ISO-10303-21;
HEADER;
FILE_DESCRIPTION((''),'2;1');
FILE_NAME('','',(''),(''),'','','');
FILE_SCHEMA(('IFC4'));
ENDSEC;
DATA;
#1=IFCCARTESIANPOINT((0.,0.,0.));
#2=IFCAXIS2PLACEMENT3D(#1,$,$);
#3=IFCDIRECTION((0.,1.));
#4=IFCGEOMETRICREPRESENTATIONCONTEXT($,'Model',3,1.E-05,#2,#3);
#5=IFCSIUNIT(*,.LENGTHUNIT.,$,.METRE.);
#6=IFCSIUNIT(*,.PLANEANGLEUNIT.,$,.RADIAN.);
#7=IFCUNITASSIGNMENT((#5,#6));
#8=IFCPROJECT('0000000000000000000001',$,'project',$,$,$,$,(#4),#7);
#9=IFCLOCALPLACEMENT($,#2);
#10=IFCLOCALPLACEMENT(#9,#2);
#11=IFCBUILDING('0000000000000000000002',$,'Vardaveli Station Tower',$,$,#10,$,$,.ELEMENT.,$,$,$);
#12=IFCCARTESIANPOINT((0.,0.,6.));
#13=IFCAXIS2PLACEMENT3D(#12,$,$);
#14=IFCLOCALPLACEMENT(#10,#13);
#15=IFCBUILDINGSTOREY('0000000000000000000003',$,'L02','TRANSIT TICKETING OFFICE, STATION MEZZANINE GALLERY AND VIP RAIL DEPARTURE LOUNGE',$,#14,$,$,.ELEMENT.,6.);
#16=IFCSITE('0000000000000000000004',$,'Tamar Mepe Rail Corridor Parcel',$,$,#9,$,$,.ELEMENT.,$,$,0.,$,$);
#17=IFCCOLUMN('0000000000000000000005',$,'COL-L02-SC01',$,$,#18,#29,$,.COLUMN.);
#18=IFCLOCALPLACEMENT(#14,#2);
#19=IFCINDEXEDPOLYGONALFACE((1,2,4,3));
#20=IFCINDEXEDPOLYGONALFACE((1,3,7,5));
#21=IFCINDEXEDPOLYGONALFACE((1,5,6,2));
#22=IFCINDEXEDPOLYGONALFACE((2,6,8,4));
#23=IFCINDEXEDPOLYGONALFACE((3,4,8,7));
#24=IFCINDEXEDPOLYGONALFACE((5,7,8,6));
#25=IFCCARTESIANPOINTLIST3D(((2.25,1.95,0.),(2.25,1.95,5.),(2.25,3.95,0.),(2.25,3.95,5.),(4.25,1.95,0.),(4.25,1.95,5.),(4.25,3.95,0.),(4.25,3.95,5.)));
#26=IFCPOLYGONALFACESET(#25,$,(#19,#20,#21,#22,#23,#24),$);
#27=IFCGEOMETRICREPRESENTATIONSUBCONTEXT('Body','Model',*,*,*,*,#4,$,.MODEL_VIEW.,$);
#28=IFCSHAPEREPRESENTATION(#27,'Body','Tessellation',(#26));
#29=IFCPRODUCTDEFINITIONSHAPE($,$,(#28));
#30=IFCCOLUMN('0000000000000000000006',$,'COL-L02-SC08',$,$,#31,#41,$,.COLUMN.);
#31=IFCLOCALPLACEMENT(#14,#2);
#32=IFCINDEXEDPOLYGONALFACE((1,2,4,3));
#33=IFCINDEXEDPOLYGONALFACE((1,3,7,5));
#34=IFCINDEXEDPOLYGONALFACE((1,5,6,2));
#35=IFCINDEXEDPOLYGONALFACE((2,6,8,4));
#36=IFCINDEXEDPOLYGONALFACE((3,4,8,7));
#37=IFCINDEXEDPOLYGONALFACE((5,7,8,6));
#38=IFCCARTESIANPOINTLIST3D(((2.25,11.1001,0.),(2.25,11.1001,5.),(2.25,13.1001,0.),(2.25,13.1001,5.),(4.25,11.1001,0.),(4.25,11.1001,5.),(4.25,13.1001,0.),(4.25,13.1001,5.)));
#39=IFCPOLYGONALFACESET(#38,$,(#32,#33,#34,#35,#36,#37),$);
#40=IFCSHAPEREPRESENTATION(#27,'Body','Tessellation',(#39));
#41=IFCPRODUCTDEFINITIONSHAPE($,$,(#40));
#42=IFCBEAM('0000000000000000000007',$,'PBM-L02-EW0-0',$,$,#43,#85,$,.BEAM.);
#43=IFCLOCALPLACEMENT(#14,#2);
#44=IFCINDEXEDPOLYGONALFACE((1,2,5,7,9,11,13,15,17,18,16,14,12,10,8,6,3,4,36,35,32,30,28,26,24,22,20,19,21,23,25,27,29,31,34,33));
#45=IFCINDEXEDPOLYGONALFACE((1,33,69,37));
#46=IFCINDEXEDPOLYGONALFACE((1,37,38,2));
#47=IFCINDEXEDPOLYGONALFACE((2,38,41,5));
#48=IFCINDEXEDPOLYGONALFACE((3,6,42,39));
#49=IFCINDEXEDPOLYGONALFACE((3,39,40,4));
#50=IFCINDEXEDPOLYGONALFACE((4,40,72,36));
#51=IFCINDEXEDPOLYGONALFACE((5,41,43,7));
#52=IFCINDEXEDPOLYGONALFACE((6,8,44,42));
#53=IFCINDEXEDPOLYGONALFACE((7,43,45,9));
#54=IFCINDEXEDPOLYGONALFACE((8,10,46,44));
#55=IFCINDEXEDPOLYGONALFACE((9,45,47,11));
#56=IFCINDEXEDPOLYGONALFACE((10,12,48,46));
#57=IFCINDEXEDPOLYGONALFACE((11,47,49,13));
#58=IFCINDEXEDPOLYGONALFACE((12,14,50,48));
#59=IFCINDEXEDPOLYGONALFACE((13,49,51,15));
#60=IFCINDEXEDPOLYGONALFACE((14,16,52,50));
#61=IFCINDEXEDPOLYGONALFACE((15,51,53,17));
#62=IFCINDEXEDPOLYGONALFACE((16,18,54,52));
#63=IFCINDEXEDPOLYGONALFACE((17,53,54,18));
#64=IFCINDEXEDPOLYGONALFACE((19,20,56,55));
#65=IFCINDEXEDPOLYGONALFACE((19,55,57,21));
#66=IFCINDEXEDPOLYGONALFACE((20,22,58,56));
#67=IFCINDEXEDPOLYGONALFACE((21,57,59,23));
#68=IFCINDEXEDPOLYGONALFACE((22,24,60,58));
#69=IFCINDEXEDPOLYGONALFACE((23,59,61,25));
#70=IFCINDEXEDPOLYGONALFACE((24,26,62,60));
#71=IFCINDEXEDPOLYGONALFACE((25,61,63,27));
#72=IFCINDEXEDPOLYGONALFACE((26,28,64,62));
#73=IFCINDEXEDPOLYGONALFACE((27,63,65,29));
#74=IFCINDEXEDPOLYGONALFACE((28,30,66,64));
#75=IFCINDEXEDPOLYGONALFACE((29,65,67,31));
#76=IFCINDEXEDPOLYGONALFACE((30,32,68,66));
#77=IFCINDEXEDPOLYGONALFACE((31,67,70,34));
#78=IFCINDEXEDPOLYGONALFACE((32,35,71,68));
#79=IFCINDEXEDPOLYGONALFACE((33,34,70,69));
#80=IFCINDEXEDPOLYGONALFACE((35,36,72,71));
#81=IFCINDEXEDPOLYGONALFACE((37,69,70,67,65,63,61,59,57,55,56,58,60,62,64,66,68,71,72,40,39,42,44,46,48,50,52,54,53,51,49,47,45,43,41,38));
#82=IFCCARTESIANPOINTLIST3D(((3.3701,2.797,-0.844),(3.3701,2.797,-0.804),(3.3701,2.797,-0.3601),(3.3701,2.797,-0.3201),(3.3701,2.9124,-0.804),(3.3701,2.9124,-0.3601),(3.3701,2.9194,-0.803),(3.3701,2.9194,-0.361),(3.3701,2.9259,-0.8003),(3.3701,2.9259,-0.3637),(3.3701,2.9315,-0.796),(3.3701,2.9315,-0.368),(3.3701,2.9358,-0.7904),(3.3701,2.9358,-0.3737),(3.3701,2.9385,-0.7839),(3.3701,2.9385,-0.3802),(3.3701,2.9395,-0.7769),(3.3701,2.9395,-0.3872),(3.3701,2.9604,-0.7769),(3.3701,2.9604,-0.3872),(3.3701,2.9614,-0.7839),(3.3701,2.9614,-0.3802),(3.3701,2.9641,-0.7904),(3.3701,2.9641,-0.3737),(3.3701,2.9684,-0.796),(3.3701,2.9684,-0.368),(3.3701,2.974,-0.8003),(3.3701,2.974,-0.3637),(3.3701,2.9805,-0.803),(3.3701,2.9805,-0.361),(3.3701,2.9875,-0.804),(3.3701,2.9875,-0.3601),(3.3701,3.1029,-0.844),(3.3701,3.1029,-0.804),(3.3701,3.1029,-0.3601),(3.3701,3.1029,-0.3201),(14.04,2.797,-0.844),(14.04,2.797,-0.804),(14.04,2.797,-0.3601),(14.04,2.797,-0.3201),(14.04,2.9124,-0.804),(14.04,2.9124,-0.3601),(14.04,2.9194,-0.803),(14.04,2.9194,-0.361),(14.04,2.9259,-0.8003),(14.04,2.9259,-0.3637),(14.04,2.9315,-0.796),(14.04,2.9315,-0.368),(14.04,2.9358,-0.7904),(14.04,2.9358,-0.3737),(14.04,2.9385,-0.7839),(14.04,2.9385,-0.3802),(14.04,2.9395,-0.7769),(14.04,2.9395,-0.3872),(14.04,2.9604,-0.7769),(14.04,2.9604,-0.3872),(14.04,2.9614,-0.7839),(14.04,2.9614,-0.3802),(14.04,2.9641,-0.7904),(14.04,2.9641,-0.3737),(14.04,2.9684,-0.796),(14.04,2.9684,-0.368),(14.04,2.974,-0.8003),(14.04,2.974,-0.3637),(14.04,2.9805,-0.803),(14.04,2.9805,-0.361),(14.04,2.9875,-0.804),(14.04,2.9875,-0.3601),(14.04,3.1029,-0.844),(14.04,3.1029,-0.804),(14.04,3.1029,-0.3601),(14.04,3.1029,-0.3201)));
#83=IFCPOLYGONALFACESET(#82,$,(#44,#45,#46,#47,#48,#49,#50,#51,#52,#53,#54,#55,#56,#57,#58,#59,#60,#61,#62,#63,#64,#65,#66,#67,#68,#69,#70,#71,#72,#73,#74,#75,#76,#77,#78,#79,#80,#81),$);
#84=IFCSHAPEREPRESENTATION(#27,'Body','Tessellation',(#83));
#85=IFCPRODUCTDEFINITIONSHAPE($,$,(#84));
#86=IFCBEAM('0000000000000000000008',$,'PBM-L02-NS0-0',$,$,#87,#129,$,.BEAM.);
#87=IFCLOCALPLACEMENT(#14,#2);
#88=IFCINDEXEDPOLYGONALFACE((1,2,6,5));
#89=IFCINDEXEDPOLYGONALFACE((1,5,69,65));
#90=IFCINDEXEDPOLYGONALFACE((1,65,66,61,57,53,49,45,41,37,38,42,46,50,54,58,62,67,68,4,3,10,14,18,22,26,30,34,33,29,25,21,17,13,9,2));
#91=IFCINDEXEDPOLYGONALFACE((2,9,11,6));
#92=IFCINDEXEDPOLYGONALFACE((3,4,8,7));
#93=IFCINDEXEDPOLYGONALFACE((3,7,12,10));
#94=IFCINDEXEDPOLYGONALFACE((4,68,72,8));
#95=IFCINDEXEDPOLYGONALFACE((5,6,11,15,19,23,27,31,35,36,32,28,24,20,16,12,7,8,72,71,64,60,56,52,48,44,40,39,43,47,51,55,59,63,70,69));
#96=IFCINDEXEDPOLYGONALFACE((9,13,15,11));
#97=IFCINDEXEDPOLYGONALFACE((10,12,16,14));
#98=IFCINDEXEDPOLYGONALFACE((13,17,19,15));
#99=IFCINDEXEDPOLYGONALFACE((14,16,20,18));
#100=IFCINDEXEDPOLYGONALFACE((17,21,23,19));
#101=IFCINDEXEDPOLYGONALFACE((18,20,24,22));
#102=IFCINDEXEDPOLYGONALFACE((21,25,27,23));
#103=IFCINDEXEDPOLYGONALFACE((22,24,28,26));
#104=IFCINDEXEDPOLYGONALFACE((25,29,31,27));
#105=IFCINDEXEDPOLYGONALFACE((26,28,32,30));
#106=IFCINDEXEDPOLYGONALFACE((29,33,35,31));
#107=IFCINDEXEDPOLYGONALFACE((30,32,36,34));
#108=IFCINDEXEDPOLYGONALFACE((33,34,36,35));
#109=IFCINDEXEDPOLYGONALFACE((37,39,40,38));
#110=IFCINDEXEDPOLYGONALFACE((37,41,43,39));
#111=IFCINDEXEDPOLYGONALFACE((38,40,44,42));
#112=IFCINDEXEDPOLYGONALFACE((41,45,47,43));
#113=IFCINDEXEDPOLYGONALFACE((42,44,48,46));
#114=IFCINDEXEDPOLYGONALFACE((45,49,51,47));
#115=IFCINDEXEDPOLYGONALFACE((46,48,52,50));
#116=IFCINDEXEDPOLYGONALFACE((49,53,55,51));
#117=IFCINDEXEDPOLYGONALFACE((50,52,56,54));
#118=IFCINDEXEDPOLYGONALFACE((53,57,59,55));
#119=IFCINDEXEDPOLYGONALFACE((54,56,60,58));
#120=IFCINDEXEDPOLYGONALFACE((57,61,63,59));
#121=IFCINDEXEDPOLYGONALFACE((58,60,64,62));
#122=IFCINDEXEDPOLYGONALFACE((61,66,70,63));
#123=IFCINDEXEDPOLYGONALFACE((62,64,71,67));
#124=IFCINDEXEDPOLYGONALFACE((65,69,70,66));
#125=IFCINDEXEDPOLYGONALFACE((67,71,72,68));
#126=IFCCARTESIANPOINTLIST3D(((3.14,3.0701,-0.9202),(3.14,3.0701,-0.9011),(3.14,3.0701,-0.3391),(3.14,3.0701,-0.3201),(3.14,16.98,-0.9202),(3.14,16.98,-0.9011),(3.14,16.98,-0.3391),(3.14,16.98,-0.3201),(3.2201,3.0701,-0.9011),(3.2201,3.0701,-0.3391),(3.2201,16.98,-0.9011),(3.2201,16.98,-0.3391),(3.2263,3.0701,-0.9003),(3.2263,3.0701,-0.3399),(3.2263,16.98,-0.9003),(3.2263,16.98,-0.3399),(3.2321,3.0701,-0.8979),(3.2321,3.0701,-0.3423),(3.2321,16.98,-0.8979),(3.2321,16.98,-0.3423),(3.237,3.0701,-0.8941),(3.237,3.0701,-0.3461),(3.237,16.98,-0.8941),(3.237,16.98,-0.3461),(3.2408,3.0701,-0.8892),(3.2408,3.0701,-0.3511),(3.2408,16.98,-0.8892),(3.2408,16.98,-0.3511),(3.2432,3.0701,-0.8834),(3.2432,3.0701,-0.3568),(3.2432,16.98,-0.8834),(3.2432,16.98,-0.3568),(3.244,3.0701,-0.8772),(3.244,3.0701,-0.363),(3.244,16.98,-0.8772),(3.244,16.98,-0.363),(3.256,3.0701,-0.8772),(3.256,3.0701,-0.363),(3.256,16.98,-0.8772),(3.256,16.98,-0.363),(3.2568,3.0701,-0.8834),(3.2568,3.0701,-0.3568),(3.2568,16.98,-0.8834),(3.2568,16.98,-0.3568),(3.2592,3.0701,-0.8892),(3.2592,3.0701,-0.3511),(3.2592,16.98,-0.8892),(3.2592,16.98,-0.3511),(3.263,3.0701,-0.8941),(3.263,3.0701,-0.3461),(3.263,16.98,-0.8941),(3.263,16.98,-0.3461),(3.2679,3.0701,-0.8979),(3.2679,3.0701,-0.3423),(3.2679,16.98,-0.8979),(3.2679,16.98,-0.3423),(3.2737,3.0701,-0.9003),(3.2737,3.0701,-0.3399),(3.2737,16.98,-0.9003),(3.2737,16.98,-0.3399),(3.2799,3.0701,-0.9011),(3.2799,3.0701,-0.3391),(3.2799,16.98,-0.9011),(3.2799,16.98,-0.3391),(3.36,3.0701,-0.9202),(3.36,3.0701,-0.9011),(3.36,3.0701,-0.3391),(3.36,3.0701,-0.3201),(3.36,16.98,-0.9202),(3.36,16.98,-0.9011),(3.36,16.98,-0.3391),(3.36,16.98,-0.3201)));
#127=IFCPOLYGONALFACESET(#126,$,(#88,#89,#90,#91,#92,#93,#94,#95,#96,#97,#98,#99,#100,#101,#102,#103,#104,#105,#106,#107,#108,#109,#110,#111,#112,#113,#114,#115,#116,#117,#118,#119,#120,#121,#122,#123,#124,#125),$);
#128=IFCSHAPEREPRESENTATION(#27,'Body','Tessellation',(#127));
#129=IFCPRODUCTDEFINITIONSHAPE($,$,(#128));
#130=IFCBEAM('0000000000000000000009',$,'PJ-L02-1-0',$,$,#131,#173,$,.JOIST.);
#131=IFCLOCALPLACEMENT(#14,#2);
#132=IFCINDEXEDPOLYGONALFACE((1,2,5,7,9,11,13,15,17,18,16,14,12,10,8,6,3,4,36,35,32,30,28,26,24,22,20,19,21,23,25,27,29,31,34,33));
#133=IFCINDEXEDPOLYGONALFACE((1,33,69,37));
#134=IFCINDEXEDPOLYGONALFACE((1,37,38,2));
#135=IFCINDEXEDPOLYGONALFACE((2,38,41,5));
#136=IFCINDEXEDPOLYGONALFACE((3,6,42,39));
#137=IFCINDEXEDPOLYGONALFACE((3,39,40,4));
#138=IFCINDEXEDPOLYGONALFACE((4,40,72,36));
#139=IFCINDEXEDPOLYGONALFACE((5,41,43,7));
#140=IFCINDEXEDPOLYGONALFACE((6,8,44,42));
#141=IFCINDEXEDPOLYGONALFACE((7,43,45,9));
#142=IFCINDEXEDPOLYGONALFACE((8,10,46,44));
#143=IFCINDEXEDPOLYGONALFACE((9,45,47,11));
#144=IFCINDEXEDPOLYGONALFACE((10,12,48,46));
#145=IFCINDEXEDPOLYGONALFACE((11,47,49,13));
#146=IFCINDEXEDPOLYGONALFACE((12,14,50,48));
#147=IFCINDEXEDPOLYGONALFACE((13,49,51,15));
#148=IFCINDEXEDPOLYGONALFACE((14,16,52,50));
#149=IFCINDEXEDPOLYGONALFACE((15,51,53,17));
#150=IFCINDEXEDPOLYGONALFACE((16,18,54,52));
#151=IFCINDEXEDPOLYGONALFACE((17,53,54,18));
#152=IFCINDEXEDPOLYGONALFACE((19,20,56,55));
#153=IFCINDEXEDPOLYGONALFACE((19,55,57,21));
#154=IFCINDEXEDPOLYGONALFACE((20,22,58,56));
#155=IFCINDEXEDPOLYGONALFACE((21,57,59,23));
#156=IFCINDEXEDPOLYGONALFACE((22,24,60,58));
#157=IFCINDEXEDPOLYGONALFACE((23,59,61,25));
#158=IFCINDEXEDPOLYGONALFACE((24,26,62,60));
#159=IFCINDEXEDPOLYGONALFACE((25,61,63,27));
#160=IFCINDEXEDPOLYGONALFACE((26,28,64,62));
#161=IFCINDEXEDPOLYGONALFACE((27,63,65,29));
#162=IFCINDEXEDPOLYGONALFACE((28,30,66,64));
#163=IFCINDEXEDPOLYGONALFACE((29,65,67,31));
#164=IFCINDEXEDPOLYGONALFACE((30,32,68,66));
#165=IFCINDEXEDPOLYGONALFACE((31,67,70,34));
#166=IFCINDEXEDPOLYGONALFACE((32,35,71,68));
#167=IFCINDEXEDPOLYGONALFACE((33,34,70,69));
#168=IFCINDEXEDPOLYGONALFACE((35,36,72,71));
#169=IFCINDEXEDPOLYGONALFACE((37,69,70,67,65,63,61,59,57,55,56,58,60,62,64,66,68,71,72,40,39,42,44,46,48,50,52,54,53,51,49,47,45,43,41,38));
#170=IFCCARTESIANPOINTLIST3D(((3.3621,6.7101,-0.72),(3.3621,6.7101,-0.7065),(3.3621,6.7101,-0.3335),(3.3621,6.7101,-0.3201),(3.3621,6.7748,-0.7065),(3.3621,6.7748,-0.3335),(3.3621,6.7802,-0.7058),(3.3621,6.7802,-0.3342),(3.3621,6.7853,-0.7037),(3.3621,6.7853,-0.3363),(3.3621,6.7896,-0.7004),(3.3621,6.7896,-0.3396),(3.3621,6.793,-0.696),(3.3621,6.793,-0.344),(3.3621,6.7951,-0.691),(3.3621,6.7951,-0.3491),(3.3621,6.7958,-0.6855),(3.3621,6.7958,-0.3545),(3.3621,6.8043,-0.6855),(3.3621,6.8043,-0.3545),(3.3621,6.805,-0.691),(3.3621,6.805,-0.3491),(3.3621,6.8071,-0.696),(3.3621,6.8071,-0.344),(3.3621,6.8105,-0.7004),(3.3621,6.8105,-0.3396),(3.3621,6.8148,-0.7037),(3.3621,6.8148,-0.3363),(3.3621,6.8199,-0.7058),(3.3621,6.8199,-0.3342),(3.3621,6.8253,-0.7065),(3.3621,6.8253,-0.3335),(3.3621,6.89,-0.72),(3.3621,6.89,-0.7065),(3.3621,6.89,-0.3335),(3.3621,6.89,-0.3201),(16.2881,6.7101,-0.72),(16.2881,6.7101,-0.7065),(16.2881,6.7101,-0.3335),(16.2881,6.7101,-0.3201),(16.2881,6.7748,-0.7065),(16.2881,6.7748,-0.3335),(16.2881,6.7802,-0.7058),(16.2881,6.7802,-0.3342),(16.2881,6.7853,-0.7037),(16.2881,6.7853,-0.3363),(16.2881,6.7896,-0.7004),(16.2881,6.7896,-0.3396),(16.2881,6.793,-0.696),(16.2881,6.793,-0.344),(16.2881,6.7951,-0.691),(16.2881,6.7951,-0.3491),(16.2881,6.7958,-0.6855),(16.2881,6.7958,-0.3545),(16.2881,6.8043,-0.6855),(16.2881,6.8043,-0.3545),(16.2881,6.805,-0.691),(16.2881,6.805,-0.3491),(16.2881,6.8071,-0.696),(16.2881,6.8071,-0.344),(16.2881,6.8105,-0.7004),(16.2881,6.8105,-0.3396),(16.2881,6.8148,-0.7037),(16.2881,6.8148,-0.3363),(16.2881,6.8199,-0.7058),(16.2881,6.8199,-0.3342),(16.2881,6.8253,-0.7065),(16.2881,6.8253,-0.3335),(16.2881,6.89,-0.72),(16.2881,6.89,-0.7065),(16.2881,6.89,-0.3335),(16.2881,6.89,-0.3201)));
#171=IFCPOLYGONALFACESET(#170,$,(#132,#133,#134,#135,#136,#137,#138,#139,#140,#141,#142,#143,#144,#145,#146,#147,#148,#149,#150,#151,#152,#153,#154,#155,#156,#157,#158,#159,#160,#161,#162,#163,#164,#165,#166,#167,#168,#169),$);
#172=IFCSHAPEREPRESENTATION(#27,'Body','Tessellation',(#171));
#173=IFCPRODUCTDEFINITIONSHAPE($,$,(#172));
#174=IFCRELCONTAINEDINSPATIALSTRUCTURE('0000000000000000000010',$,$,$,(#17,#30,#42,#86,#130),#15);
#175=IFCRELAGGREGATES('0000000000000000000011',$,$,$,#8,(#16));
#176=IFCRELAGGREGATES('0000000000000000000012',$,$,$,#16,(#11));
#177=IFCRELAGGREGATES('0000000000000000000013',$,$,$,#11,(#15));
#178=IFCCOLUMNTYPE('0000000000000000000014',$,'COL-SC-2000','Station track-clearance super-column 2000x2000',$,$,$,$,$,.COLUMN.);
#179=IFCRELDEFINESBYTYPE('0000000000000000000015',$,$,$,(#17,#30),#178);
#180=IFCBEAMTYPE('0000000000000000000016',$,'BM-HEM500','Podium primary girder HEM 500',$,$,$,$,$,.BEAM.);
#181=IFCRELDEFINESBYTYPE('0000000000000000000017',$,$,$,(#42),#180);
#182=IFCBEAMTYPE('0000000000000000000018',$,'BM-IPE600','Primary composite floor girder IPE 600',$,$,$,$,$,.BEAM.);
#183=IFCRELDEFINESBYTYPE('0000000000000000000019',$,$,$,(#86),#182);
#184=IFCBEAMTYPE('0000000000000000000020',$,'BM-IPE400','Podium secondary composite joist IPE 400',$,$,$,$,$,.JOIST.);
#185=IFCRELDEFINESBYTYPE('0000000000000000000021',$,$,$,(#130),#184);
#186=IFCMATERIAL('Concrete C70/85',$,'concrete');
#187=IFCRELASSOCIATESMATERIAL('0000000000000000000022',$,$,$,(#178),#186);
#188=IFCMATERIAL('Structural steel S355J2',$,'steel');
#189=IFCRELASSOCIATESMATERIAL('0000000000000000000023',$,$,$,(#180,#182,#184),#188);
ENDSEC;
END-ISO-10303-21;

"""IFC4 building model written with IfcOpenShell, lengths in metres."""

from ifc_helpers import new_model, si_unit, direction, frame, origin, origin_2d, place, context, subcontext, project, spatial, rectangle, i_section, extrude, source, transform, mapped, material, material_profile, profile_set, type_object, element, save


model = new_model("IFC4")

# Units and contexts
model_context = context("Model", 3, precision=1e-05, world=origin(), true_north=direction((0.0, 1.0)))
body_context = subcontext(model_context, "Body", "Model", "MODEL_VIEW")
ifc_project = project(units=[si_unit("LENGTHUNIT", "METRE"), si_unit("PLANEANGLEUNIT", "RADIAN")], contexts=[model_context])

# Site, building, storey
site_placement = place(None, origin())
site = spatial("IfcSite", under=ifc_project, at=site_placement, Name="Tamar Mepe Rail Corridor Parcel", CompositionType="ELEMENT", RefElevation=0.0)
building_placement = place(site_placement, origin())
building = spatial("IfcBuilding", under=site, at=building_placement, Name="Vardaveli Station Tower", CompositionType="ELEMENT")
storey_placement = place(building_placement, frame((0.0, 0.0, 6.0)))
storey = spatial("IfcBuildingStorey", under=building, at=storey_placement, Name="L02", Description="TRANSIT TICKETING OFFICE, STATION MEZZANINE GALLERY AND VIP RAIL DEPARTURE LOUNGE", CompositionType="ELEMENT", Elevation=6.0)

# Columns
ifc_material_1 = material(Name="Concrete C70/85", Category="concrete")
ifc_material_profile_1 = material_profile(ifc_material_1, rectangle(XDim=2.0, YDim=2.0, at=origin_2d()), Name="SC 2000x2000")
ifc_profile_set_1 = profile_set([ifc_material_profile_1], Name="Concrete C70/85")
column_type = type_object("IfcColumnType", Name="COL-SC-2000", Description="Station track-clearance super-column 2000x2000", PredefinedType="COLUMN", material=ifc_profile_set_1)
shared_shape_1 = source(origin(), body_context, "Body", "SweptSolid", [
    extrude(rectangle(XDim=2.0, YDim=2.0, at=origin_2d()), origin(), (0.0, 0.0, 1.0), 5.0),
])
for number, where, z_axis, x_axis, name in (
    (1, (3.25, 2.95, 0.0), (0.0, 0.0, 1.0), (1.0, 0.0, 0.0), "COL-L02-SC01"),
    (2, (3.25, 12.1001, 0.0), (0.0, 0.0, 1.0), (1.0, 0.0, 0.0), "COL-L02-SC08"),
):
    element("IfcColumn", number, at=place(storey_placement, frame(where, z_axis=z_axis, x_axis=x_axis)), inside=storey, type_object=column_type, Name=name, PredefinedType="COLUMN", context=body_context, shape_type="MappedRepresentation", body=[
        mapped(shared_shape_1, transform((0.0, 0.0, 0.0), scale=1.0)),
    ])

# Beams
ifc_material_2 = material(Name="Structural steel S355J2", Category="steel")
ifc_material_profile_2 = material_profile(ifc_material_2, i_section(OverallWidth=0.3059, OverallDepth=0.5239, WebThickness=0.021, FlangeThickness=0.04, FilletRadius=0.0271, at=origin_2d()), Name="HEM 500")
ifc_profile_set_2 = profile_set([ifc_material_profile_2], Name="Structural steel S355J2")
beam_type_1 = type_object("IfcBeamType", Name="BM-HEM500", Description="Podium primary girder HEM 500", PredefinedType="BEAM", material=ifc_profile_set_2)
shared_shape_2 = source(origin(), body_context, "Body", "SweptSolid", [
    extrude(i_section(OverallWidth=0.3059, OverallDepth=0.5239, WebThickness=0.021, FlangeThickness=0.04, FilletRadius=0.0271, at=origin_2d()), origin(), (0.0, 0.0, 1.0), 10.6699),
])
beam_1_placement = place(storey_placement, frame((3.3701, 2.95, -0.582), z_axis=(1.0, 0.0, 0.0), x_axis=(0.0, 1.0, 0.0)))
element("IfcBeam", 3, at=beam_1_placement, inside=storey, type_object=beam_type_1, Name="PBM-L02-EW0-0", PredefinedType="BEAM", context=body_context, shape_type="MappedRepresentation", body=[
    mapped(shared_shape_2, transform((0.0, 0.0, 0.0), scale=1.0)),
])
ifc_material_profile_3 = material_profile(ifc_material_2, i_section(OverallWidth=0.22, OverallDepth=0.6001, WebThickness=0.012, FlangeThickness=0.019, FilletRadius=0.0239, at=origin_2d()), Name="IPE 600")
ifc_profile_set_3 = profile_set([ifc_material_profile_3], Name="Structural steel S355J2")
beam_type_2 = type_object("IfcBeamType", Name="BM-IPE600", Description="Primary composite floor girder IPE 600", PredefinedType="BEAM", material=ifc_profile_set_3)
shared_shape_3 = source(origin(), body_context, "Body", "SweptSolid", [
    extrude(i_section(OverallWidth=0.22, OverallDepth=0.6001, WebThickness=0.012, FlangeThickness=0.019, FilletRadius=0.0239, at=origin_2d()), origin(), (0.0, 0.0, 1.0), 13.9099),
])
beam_2_placement = place(storey_placement, frame((3.25, 3.0701, -0.6201), z_axis=(0.0, 1.0, 0.0), x_axis=(-1.0, 0.0, 0.0)))
element("IfcBeam", 4, at=beam_2_placement, inside=storey, type_object=beam_type_2, Name="PBM-L02-NS0-0", PredefinedType="BEAM", context=body_context, shape_type="MappedRepresentation", body=[
    mapped(shared_shape_3, transform((0.0, 0.0, 0.0), scale=1.0)),
])
ifc_material_profile_4 = material_profile(ifc_material_2, i_section(OverallWidth=0.1799, OverallDepth=0.3999, WebThickness=0.0085, FlangeThickness=0.0134, FilletRadius=0.021, at=origin_2d()), Name="IPE 400")
ifc_profile_set_4 = profile_set([ifc_material_profile_4], Name="Structural steel S355J2")
beam_type_3 = type_object("IfcBeamType", Name="BM-IPE400", Description="Podium secondary composite joist IPE 400", PredefinedType="JOIST", material=ifc_profile_set_4)
shared_shape_4 = source(origin(), body_context, "Body", "SweptSolid", [
    extrude(i_section(OverallWidth=0.1799, OverallDepth=0.3999, WebThickness=0.0085, FlangeThickness=0.0134, FilletRadius=0.021, at=origin_2d()), origin(), (0.0, 0.0, 1.0), 12.926),
])
for number, where, z_axis, x_axis, name in (
    (5, (3.3621, 6.8, -0.52), (1.0, 0.0, 0.0), (0.0, 1.0, 0.0), "PJ-L02-1-0"),
):
    element("IfcBeam", number, at=place(storey_placement, frame(where, z_axis=z_axis, x_axis=x_axis)), inside=storey, type_object=beam_type_3, Name=name, PredefinedType="JOIST", context=body_context, shape_type="MappedRepresentation", body=[
        mapped(shared_shape_4, transform((0.0, 0.0, 0.0), scale=1.0)),
    ])

save(model, "model.ifc")
